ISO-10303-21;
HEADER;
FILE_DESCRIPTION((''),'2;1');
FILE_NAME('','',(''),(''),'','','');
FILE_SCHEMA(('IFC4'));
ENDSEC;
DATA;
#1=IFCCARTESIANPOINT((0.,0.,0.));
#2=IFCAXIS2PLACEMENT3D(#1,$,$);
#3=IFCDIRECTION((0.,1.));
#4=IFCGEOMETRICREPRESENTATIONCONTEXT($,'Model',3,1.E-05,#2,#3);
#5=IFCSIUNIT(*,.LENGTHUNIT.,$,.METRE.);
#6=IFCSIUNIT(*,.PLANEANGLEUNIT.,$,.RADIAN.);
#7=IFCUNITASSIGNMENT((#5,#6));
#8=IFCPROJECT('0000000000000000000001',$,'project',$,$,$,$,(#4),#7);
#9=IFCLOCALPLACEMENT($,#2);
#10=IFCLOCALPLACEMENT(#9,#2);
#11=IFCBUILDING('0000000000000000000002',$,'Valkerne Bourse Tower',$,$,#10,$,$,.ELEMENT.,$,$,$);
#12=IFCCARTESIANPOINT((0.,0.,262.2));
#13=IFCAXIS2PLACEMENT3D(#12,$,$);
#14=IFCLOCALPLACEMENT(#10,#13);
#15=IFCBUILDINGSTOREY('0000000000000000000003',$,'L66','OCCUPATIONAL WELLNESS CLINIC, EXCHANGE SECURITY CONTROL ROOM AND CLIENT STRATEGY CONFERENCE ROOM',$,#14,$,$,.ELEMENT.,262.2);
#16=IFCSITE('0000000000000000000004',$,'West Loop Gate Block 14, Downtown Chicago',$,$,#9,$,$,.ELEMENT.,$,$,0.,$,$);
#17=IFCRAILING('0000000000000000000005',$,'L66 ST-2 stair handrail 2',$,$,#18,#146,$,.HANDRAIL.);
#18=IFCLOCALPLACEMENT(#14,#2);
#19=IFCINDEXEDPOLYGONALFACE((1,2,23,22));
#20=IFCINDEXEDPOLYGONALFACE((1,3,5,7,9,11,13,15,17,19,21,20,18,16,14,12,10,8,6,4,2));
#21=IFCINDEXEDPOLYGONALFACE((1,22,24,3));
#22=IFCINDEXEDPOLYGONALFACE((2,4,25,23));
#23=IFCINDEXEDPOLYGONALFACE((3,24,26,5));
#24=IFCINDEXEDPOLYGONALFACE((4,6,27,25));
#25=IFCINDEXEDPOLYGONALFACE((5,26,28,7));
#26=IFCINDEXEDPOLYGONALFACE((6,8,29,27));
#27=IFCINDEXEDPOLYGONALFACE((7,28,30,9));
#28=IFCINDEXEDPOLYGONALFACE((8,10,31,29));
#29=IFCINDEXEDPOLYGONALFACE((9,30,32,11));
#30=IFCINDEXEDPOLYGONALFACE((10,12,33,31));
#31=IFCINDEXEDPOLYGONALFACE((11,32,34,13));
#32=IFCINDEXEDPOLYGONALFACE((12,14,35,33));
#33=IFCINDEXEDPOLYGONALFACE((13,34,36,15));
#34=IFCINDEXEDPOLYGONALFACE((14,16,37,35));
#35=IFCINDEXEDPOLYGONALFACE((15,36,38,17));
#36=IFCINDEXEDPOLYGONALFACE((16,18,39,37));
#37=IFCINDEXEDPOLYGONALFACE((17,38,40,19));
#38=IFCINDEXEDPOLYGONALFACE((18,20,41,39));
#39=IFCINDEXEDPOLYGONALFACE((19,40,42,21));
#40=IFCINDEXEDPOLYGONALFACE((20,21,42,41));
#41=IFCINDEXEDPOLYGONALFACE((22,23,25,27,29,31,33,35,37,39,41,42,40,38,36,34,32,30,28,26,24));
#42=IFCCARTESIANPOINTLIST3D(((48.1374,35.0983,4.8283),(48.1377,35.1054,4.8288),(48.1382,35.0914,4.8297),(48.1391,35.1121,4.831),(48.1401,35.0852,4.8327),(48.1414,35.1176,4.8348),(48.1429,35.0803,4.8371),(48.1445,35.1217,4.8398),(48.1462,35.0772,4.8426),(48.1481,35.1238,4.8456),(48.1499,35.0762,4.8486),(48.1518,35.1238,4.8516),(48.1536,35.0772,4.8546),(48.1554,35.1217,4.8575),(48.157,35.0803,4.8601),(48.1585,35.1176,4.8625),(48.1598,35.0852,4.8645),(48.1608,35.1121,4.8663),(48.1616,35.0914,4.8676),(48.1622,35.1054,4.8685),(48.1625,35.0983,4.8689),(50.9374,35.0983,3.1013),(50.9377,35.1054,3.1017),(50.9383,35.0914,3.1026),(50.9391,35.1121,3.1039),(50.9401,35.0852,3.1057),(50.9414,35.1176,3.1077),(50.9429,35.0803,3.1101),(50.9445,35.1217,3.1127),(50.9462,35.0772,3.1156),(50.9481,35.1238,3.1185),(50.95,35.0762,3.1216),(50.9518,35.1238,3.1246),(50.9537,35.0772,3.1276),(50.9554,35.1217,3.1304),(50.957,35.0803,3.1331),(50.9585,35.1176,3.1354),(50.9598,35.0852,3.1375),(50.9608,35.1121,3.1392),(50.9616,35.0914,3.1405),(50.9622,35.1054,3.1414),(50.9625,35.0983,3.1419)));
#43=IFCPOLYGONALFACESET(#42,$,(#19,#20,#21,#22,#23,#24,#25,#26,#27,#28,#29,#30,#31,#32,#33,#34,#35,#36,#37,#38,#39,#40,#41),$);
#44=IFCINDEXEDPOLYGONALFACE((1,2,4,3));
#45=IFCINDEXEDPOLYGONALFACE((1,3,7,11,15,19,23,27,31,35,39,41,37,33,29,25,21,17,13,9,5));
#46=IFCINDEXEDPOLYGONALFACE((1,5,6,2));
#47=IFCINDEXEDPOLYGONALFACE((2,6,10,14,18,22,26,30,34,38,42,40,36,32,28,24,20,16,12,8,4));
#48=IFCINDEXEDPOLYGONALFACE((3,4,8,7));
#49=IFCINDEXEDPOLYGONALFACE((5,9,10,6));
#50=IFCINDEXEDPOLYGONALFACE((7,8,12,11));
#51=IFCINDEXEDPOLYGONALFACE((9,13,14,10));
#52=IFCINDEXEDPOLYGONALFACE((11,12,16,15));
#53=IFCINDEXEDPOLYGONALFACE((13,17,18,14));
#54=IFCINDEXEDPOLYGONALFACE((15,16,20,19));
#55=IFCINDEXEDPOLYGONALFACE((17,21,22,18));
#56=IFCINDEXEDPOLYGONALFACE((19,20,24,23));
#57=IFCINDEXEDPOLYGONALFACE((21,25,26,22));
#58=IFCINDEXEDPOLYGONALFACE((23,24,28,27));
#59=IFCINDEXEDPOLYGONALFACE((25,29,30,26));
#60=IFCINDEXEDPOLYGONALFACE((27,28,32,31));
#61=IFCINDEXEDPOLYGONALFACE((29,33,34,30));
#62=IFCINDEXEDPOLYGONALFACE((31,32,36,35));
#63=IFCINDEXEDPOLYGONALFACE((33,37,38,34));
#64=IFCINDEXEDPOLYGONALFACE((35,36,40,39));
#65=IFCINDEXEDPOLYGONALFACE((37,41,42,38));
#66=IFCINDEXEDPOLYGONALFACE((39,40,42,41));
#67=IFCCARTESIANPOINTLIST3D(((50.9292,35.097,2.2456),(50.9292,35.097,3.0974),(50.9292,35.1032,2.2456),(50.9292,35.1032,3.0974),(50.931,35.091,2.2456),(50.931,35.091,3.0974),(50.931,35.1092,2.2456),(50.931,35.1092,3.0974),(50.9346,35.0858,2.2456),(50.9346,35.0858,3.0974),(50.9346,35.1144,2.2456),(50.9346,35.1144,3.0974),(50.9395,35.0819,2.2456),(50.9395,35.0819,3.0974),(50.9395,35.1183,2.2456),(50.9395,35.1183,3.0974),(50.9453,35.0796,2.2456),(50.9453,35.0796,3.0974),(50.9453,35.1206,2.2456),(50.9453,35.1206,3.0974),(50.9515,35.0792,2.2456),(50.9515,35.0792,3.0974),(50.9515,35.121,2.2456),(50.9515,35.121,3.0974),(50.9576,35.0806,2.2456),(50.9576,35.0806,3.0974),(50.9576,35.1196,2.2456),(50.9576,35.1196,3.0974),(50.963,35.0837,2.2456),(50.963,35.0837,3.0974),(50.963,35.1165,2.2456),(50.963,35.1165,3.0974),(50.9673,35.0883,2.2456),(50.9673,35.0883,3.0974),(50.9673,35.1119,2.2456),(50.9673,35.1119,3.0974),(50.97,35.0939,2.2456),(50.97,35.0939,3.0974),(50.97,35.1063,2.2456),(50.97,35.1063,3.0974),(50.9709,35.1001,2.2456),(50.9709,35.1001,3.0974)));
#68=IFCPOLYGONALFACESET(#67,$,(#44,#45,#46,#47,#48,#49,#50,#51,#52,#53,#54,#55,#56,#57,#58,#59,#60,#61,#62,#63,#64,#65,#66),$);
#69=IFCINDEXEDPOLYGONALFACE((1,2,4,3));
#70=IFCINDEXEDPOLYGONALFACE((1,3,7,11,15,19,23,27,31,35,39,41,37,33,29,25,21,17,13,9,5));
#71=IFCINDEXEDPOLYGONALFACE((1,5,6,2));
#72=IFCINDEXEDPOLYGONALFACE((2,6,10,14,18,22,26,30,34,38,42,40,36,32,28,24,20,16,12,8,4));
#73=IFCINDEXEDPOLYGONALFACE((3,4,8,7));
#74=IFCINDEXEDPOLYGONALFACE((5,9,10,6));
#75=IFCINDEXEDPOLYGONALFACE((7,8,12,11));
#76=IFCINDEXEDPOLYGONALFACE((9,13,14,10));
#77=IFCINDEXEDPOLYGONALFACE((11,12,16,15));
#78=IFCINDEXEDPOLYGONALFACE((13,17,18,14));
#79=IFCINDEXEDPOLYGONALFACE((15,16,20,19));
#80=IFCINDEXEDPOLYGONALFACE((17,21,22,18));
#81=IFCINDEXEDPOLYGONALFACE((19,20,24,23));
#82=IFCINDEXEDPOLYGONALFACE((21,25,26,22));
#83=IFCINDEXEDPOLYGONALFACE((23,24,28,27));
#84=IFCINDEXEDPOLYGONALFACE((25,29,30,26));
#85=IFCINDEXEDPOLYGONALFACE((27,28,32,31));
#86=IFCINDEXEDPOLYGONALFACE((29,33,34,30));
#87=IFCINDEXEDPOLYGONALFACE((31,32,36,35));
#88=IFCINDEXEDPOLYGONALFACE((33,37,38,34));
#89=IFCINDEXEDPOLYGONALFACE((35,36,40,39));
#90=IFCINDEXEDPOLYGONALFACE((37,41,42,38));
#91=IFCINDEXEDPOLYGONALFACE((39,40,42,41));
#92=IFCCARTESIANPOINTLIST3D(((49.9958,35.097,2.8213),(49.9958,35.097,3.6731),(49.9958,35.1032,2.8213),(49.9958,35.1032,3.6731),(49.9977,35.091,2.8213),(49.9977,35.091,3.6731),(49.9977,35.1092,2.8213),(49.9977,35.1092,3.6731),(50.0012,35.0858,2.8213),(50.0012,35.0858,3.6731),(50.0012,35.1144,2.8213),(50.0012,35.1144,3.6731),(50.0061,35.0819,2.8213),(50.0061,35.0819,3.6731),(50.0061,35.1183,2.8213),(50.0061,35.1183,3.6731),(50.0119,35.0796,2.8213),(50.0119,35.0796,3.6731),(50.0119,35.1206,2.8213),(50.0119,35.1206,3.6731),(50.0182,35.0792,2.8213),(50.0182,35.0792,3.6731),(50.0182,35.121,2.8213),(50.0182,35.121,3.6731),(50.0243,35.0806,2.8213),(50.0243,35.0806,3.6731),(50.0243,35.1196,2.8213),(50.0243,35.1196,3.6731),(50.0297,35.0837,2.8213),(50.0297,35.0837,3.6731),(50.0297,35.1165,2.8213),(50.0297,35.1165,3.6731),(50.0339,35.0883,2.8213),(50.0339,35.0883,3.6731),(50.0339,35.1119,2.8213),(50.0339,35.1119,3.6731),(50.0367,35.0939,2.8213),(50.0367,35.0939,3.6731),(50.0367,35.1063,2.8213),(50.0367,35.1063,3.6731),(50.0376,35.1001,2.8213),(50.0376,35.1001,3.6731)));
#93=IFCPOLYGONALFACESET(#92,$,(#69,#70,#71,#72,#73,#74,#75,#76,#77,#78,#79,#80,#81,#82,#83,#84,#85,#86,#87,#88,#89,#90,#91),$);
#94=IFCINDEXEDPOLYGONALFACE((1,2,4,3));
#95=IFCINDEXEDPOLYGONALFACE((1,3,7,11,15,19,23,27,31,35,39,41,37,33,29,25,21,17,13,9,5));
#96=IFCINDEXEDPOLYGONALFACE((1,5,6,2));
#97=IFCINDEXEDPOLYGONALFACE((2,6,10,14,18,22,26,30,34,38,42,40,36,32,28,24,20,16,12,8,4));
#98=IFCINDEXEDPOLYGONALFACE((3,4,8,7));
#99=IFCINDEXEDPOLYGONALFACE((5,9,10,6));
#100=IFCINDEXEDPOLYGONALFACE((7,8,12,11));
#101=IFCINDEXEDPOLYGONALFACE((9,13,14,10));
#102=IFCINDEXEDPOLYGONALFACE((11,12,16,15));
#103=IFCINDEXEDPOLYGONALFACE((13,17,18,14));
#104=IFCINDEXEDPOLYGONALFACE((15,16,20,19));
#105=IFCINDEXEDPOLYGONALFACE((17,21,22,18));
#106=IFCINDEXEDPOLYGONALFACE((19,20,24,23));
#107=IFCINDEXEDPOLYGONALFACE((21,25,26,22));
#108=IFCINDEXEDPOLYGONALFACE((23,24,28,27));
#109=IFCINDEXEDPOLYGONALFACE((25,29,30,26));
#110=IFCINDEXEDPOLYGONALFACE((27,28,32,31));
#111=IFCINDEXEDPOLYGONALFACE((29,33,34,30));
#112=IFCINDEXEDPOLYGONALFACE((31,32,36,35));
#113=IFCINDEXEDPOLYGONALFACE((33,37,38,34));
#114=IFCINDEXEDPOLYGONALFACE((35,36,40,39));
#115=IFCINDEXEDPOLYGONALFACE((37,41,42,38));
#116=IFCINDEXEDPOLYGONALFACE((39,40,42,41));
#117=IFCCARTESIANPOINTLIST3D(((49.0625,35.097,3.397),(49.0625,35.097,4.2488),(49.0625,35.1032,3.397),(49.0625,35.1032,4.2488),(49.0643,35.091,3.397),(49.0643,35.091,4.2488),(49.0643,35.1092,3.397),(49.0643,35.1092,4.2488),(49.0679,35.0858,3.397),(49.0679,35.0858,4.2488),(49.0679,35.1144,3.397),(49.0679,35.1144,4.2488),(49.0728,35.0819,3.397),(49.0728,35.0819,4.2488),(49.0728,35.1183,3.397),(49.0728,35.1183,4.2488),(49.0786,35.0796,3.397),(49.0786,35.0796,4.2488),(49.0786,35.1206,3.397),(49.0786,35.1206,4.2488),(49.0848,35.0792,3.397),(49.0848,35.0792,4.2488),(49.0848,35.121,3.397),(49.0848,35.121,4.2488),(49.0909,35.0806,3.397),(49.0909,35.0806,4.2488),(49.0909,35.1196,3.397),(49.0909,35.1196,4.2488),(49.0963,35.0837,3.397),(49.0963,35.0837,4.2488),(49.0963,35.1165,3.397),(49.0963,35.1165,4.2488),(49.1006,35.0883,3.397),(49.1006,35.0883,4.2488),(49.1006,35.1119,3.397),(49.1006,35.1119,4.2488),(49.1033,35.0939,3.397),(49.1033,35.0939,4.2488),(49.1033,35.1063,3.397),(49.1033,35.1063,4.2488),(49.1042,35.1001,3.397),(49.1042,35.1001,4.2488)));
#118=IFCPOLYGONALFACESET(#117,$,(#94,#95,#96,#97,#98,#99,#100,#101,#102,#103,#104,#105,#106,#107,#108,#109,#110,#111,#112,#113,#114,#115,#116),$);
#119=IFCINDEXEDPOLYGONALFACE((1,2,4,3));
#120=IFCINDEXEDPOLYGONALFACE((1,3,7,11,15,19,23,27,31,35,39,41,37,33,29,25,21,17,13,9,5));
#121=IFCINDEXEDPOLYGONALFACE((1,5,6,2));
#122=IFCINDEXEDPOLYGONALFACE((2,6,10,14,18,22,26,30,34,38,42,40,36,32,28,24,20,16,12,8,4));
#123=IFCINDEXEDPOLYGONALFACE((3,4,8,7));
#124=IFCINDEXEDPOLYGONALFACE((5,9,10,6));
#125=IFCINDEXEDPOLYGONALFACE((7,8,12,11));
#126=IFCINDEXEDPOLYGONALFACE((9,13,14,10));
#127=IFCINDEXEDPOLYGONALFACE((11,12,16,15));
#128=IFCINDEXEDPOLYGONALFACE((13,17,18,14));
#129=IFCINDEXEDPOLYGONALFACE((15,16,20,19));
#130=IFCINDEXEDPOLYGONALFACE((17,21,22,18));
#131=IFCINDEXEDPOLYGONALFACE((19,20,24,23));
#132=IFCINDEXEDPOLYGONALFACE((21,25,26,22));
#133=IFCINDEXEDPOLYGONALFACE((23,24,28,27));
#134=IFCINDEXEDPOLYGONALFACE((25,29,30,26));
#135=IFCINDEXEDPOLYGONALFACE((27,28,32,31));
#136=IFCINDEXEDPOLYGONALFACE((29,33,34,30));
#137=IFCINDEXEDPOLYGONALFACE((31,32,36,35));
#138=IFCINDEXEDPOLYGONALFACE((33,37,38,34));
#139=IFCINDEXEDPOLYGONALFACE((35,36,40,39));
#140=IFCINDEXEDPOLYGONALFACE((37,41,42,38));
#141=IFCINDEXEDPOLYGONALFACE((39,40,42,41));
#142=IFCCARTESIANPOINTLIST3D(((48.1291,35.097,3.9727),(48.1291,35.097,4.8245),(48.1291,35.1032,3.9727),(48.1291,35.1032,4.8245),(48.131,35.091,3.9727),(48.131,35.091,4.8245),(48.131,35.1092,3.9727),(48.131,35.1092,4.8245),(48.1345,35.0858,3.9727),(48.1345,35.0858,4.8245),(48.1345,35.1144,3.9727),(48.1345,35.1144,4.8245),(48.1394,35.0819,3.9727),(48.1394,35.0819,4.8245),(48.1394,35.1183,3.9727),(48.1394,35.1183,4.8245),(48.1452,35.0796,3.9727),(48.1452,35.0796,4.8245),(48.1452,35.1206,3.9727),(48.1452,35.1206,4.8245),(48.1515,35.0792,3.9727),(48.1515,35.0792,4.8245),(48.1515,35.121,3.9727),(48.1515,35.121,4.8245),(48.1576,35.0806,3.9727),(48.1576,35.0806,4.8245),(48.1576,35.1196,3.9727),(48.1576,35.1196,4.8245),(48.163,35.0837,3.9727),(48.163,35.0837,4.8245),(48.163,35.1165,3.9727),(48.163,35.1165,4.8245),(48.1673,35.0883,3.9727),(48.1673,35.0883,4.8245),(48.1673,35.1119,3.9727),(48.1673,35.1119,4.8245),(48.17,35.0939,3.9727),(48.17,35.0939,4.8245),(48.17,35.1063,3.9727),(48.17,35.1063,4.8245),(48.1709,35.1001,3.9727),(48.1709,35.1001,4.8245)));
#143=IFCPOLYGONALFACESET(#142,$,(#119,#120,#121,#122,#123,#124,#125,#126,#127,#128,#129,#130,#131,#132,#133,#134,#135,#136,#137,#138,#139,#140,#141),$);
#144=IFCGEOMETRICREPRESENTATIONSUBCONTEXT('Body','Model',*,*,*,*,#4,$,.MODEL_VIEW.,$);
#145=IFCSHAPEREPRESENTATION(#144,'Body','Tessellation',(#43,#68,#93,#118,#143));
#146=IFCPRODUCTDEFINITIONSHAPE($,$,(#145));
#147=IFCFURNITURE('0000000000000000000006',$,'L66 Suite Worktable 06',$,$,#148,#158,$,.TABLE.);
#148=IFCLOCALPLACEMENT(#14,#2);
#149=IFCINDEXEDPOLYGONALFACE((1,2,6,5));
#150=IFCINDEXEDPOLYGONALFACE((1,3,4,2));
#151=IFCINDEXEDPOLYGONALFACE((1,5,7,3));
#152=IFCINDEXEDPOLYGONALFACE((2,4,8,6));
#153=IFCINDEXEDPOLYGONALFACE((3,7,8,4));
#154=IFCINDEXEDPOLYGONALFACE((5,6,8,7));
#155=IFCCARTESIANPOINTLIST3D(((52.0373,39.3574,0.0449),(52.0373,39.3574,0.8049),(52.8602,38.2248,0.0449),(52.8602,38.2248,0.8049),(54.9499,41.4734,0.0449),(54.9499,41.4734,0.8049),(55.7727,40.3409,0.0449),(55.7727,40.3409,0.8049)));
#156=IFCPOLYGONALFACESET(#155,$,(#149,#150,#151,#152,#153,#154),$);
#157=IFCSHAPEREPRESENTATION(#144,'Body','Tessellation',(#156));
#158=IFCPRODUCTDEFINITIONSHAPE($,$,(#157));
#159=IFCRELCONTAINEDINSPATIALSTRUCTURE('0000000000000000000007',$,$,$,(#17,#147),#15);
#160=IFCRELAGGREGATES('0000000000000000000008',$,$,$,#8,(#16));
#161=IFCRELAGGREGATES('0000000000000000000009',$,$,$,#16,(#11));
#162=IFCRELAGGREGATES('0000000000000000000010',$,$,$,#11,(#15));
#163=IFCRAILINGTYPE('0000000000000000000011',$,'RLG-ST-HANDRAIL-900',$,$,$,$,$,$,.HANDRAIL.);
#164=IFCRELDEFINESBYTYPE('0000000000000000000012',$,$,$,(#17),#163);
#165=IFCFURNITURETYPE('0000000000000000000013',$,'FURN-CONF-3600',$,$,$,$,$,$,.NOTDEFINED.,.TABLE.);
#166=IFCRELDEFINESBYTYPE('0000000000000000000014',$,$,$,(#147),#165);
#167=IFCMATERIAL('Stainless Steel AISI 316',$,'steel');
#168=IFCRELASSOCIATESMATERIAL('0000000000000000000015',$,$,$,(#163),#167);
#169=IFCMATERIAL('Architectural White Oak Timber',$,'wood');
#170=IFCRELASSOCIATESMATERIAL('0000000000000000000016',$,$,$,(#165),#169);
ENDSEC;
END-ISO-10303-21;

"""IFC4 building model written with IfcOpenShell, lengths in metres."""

from ifc_helpers import new_model, si_unit, direction, frame, origin, origin_2d, place, context, subcontext, project, spatial, rectangle, circle, extrude, material, type_object, element, save


model = new_model("IFC4")

# Units and contexts
model_context = context("Model", 3, precision=1e-05, world=origin(), true_north=direction((0.0, 1.0)))
body_context = subcontext(model_context, "Body", "Model", "MODEL_VIEW")
ifc_project = project(units=[si_unit("LENGTHUNIT", "METRE"), si_unit("PLANEANGLEUNIT", "RADIAN")], contexts=[model_context])

# Site, building, storey
site_placement = place(None, origin())
site = spatial("IfcSite", under=ifc_project, at=site_placement, Name="West Loop Gate Block 14, Downtown Chicago", CompositionType="ELEMENT", RefElevation=0.0)
building_placement = place(site_placement, origin())
building = spatial("IfcBuilding", under=site, at=building_placement, Name="Valkerne Bourse Tower", CompositionType="ELEMENT")
storey_placement = place(building_placement, frame((0.0, 0.0, 262.2)))
storey = spatial("IfcBuildingStorey", under=building, at=storey_placement, Name="L66", Description="OCCUPATIONAL WELLNESS CLINIC, EXCHANGE SECURITY CONTROL ROOM AND CLIENT STRATEGY CONFERENCE ROOM", CompositionType="ELEMENT", Elevation=262.2)

# Shared definitions
ifc_material_1 = material(Name="Architectural White Oak Timber", Category="wood")

# Railing
ifc_material_2 = material(Name="Stainless Steel AISI 316", Category="steel")
railing_type_1 = type_object("IfcRailingType", Name="RLG-ST-HANDRAIL-900", PredefinedType="HANDRAIL", material=ifc_material_2)
railing_1_placement = place(storey_placement, frame((50.95, 35.1001, 2.2456)))
element("IfcRailing", 1, at=railing_1_placement, inside=storey, type_object=railing_type_1, Name="L66 ST-2 stair handrail 2", PredefinedType="HANDRAIL", context=body_context, shape_type="SweptSolid", body=[
    extrude(circle(Radius=0.0239, at=origin_2d()), frame((0.0, 0.0, 0.876), z_axis=(-0.851123, 0.0, 0.524967), x_axis=(0.0, -1.0, 0.0)), (0.0, 0.0, 1.0), 3.2898),
    extrude(circle(Radius=0.021, at=origin_2d()), origin(), (0.0, 0.0, 1.0), 0.8518),
    extrude(circle(Radius=0.021, at=origin_2d()), frame((-0.9333, 0.0, 0.5757)), (0.0, 0.0, 1.0), 0.8518),
    extrude(circle(Radius=0.021, at=origin_2d()), frame((-1.8667, 0.0, 1.1514)), (0.0, 0.0, 1.0), 0.8518),
    extrude(circle(Radius=0.021, at=origin_2d()), frame((-2.8, 0.0, 1.7271)), (0.0, 0.0, 1.0), 0.8518),
])

# Furniture
furniture_type = type_object("IfcFurnitureType", Name="FURN-CONF-3600", AssemblyPlace="NOTDEFINED", PredefinedType="TABLE", material=ifc_material_1)
furniture_placement = place(storey_placement, frame((53.905, 39.8491, 0.0449), z_axis=(0.0, 0.0, 1.0), x_axis=(0.809017, 0.587785, 0.0)))
element("IfcFurniture", 2, at=furniture_placement, inside=storey, type_object=furniture_type, Name="L66 Suite Worktable 06", PredefinedType="TABLE", context=body_context, shape_type="SweptSolid", body=[
    extrude(rectangle(XDim=3.6001, YDim=1.3999, at=origin_2d()), origin(), (0.0, 0.0, 1.0), 0.76),
])

save(model, "model.ifc")
